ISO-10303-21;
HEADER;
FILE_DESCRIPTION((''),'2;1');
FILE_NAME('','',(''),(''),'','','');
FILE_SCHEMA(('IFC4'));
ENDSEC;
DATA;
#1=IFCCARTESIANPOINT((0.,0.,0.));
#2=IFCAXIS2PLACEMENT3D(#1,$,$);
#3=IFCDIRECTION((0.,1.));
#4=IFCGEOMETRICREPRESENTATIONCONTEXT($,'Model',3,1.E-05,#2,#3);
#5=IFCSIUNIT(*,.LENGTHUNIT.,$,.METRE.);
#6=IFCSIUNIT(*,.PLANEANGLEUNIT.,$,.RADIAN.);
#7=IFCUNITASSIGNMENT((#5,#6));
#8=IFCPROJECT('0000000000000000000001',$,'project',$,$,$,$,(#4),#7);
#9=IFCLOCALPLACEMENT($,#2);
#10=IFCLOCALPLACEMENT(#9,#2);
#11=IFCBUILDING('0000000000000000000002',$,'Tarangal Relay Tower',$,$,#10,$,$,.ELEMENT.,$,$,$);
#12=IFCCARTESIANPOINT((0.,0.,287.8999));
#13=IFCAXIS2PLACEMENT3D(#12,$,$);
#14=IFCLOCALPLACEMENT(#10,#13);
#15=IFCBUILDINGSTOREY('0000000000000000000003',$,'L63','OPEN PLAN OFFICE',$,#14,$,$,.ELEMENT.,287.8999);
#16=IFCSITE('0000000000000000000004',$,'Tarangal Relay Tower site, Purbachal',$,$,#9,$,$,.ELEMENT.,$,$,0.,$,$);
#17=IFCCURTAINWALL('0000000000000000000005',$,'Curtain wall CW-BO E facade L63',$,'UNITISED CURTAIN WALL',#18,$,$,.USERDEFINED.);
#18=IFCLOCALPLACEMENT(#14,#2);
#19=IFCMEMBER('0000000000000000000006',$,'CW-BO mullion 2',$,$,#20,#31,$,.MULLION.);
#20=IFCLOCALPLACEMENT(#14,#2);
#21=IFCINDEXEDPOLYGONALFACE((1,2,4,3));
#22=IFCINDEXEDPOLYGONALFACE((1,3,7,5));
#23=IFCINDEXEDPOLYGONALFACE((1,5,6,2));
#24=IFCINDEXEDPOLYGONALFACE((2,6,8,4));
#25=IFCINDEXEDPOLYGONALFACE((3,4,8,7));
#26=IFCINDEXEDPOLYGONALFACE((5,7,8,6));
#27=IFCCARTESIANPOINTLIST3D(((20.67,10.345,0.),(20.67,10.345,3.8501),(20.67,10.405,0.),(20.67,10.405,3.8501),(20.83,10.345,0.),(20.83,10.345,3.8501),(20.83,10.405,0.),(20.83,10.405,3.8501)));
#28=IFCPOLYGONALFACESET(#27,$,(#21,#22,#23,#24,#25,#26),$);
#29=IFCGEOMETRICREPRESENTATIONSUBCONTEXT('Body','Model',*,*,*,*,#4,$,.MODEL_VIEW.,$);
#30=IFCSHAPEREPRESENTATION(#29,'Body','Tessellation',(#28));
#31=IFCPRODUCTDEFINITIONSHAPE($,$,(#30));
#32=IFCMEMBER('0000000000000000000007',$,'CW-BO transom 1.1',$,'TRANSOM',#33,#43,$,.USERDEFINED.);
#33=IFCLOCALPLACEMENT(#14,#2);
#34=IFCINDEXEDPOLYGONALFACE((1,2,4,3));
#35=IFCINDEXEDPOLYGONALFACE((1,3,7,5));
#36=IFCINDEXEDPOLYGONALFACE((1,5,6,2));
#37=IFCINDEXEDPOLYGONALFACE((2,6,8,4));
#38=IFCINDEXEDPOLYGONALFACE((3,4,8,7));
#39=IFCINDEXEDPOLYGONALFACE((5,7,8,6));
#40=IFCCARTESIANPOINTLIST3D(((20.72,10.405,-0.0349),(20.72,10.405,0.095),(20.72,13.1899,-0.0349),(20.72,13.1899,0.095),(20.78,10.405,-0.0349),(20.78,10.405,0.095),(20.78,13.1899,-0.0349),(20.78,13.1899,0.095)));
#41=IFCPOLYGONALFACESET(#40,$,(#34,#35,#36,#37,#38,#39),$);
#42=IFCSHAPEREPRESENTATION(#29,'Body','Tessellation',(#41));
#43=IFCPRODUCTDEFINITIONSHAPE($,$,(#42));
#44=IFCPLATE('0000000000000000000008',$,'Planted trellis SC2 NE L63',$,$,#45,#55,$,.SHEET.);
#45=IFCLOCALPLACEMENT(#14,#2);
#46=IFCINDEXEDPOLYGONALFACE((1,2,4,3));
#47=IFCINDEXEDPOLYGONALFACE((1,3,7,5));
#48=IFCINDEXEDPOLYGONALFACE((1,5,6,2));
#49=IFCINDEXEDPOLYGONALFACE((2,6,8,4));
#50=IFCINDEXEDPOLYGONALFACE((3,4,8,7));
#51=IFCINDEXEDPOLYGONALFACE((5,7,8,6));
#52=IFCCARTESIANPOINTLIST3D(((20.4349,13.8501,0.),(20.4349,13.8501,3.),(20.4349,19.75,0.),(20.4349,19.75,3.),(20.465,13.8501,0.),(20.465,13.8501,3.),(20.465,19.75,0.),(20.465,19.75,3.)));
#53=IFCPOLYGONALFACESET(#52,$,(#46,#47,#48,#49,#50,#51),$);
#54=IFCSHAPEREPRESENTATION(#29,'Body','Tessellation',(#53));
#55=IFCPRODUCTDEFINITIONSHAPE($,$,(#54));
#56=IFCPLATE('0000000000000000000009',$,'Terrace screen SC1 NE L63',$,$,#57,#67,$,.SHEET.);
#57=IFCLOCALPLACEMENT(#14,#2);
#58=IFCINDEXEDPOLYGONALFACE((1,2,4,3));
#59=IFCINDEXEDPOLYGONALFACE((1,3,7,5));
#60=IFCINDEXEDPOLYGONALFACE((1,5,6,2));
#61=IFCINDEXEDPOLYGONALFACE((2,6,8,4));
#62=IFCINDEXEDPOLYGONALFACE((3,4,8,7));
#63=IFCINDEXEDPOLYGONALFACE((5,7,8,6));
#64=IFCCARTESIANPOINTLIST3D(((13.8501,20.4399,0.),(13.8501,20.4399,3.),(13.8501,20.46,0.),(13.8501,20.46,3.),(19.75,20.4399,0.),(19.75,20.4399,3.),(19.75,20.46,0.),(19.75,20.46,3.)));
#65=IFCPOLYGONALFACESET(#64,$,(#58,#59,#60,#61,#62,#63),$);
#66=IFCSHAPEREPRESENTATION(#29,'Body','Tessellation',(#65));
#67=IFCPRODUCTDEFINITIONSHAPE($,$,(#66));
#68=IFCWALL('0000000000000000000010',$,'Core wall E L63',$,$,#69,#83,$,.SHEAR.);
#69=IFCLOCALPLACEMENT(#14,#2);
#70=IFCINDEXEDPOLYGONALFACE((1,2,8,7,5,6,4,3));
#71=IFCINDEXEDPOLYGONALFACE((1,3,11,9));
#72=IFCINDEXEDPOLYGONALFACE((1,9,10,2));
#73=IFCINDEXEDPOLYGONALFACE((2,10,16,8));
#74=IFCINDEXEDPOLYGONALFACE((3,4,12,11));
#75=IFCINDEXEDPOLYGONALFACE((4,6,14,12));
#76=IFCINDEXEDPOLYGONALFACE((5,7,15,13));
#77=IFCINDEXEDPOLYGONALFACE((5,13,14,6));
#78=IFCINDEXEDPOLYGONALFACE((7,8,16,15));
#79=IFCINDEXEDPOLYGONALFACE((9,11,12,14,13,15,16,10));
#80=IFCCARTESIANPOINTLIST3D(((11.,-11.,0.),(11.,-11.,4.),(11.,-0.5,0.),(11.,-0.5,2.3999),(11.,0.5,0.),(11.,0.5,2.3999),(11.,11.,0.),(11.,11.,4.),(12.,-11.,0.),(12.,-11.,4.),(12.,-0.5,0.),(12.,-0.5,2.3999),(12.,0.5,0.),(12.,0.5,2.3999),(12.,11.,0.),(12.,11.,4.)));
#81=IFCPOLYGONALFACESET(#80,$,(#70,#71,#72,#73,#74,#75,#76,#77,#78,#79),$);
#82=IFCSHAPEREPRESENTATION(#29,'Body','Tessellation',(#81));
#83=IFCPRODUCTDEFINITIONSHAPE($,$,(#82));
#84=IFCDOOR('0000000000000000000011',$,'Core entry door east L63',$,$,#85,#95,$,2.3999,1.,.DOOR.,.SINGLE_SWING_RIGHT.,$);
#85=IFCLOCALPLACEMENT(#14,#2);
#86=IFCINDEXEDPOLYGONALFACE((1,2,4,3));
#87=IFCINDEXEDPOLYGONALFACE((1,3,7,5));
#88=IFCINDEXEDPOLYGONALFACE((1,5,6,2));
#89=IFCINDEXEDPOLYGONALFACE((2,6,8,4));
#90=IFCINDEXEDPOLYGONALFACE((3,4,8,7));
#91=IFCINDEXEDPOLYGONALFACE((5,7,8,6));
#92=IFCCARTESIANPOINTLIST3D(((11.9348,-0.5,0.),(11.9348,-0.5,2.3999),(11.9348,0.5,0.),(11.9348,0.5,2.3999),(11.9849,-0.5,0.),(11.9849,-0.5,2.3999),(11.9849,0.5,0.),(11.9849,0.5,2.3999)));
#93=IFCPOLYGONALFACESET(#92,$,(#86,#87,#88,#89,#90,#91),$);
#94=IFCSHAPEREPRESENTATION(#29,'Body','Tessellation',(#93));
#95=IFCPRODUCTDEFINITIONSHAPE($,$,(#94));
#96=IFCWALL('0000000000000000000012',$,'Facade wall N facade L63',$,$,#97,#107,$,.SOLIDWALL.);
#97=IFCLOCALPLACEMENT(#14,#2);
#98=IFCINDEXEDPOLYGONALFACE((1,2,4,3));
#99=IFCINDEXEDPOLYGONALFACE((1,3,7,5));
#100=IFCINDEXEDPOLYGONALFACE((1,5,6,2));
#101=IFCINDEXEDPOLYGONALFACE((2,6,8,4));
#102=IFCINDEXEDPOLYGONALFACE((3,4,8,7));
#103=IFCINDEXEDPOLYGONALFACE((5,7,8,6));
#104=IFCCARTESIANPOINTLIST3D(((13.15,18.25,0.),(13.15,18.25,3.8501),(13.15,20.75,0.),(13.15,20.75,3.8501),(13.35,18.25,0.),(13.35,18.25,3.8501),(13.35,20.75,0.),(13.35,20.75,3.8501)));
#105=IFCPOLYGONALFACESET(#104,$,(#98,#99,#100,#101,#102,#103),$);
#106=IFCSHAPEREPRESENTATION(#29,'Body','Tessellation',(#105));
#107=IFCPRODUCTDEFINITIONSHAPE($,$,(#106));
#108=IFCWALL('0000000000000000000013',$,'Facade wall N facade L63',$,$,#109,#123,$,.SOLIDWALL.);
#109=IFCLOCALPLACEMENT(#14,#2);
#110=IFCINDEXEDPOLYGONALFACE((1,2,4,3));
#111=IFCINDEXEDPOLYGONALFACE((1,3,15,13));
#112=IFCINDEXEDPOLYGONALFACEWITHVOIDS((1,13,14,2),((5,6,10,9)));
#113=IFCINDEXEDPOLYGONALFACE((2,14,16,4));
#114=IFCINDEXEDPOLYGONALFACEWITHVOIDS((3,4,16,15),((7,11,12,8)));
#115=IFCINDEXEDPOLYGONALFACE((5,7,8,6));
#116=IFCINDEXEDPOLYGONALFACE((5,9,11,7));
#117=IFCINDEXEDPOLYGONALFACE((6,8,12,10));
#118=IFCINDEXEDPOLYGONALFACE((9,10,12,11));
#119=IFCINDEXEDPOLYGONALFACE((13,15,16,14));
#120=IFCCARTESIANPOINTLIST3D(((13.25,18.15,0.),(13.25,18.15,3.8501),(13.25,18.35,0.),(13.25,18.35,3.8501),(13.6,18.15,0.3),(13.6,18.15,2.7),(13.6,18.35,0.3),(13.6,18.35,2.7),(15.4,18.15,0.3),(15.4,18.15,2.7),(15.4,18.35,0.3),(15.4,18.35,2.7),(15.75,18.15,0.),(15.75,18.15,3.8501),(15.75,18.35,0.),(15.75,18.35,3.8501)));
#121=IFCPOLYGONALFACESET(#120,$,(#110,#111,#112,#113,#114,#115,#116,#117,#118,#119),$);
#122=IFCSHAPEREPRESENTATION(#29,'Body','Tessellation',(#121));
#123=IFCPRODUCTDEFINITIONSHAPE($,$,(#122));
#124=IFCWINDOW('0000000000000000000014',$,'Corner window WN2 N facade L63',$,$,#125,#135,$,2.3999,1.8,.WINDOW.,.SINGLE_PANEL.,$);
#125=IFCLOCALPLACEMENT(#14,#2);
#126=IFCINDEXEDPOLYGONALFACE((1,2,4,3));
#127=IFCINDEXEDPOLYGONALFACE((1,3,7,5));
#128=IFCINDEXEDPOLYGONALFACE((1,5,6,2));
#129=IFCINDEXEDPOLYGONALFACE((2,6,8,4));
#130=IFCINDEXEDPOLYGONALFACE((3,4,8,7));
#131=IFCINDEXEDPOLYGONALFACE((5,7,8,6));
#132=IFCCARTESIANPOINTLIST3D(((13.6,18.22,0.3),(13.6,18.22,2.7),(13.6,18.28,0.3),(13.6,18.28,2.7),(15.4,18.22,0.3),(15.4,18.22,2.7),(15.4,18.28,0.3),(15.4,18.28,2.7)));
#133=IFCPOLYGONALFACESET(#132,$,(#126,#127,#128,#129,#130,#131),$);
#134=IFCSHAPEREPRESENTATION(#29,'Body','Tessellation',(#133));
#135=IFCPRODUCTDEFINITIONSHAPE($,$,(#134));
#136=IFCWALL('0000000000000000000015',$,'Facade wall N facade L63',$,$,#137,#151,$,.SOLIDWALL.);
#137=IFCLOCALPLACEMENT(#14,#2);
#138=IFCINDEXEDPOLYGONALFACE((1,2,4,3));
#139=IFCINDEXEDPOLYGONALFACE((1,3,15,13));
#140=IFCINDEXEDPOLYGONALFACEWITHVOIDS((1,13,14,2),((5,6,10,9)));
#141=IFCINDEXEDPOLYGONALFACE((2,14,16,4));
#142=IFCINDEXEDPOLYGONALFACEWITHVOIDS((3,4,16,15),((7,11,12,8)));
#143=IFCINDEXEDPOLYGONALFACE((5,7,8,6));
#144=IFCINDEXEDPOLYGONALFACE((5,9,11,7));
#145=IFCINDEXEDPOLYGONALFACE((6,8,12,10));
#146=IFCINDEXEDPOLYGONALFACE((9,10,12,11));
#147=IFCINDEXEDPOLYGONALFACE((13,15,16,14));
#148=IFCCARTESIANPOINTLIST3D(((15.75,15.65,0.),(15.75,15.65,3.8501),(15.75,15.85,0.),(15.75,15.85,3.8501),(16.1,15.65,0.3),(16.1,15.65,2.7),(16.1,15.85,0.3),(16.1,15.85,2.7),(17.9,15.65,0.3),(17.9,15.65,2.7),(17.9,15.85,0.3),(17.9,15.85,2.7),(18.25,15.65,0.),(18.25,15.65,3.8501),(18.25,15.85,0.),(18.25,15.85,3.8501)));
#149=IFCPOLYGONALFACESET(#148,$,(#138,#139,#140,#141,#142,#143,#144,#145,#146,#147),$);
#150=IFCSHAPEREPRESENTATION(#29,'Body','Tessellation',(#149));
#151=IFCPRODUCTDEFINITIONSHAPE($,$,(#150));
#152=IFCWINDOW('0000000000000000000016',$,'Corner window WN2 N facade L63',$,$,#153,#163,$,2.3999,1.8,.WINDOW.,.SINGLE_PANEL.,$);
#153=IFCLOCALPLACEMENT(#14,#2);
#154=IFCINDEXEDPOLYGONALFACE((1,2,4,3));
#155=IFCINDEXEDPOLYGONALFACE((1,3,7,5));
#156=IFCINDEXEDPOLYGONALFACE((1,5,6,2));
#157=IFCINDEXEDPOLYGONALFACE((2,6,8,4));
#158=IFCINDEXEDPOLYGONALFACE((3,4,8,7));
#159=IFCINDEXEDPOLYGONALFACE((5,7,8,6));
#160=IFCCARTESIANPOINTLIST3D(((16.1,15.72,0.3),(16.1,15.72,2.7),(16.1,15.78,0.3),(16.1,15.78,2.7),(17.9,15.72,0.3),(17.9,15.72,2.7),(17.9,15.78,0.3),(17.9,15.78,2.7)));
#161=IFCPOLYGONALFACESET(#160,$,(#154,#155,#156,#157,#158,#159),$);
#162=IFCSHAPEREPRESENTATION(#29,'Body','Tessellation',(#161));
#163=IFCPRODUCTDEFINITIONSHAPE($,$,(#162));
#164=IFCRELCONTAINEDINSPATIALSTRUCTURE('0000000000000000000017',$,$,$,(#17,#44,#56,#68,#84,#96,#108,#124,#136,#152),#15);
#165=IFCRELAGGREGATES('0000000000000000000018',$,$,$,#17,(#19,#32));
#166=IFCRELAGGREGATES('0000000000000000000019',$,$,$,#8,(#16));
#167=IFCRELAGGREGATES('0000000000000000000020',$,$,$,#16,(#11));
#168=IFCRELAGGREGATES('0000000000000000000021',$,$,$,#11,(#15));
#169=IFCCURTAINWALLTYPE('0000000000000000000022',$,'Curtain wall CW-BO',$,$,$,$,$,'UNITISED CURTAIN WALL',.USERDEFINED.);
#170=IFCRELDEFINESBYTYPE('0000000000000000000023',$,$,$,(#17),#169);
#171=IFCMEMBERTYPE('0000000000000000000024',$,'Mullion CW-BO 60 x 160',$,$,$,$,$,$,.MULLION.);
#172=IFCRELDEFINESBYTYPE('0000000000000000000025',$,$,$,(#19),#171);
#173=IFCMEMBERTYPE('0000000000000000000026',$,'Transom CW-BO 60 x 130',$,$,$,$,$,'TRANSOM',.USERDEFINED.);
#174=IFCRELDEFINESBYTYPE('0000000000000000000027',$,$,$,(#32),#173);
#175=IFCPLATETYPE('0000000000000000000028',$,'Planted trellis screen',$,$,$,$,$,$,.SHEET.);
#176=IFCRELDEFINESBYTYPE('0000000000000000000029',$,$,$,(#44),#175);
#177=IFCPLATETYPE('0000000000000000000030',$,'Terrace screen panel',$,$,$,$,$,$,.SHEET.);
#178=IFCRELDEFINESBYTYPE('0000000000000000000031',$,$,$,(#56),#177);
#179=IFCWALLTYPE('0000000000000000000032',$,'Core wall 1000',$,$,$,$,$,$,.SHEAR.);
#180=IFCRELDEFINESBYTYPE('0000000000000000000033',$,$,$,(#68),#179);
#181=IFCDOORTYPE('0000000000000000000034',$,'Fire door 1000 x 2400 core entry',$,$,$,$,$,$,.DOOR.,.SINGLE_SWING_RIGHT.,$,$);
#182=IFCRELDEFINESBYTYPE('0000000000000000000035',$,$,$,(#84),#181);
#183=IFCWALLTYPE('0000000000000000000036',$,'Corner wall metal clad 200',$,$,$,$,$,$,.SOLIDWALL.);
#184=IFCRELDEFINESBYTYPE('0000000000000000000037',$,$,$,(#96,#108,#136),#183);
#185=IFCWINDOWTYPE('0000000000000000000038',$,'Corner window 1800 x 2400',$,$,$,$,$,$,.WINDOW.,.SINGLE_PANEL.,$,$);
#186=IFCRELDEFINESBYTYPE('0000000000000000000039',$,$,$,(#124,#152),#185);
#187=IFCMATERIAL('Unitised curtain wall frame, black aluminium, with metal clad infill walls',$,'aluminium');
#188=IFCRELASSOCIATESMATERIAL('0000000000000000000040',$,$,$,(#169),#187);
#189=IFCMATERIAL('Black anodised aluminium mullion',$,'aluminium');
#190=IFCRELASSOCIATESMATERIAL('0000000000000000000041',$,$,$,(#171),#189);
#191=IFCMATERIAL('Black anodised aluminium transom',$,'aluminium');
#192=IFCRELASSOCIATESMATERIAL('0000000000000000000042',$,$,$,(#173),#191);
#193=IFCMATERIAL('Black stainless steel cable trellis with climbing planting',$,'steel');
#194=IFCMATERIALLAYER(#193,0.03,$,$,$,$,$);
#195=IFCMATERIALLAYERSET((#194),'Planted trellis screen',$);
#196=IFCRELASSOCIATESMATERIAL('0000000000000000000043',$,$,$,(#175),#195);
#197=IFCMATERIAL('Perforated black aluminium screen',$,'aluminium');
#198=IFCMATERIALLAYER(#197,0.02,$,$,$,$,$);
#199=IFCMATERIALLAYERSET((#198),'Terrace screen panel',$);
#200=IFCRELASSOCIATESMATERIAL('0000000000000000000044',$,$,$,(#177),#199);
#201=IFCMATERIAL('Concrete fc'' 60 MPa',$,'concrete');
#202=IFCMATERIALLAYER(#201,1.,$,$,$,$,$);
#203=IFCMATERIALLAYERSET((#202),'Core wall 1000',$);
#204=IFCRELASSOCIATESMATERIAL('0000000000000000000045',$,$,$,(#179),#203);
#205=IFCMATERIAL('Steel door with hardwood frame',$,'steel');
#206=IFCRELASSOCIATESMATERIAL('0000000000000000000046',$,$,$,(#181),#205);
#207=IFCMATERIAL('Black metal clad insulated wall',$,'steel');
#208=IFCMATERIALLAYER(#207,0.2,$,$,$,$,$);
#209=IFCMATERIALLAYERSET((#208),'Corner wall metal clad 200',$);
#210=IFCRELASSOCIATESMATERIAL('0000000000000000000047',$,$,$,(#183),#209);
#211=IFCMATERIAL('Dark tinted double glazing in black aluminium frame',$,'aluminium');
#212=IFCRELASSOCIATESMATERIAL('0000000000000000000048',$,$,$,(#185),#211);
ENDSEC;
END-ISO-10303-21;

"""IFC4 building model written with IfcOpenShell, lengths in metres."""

from ifc_helpers import new_model, si_unit, direction, frame, frame_2d, origin, origin_2d, place, context, subcontext, project, spatial, rectangle, extrude, material, layer, layer_set, material_profile, profile_set, type_object, element, fill, aggregate, save


model = new_model("IFC4")

# Units and contexts
model_context = context("Model", 3, precision=1e-05, world=origin(), true_north=direction((0.0, 1.0)))
body_context = subcontext(model_context, "Body", "Model", "MODEL_VIEW")
ifc_project = project(units=[si_unit("LENGTHUNIT", "METRE"), si_unit("PLANEANGLEUNIT", "RADIAN")], contexts=[model_context])

# Site, building, storey
site_placement = place(None, origin())
site = spatial("IfcSite", under=ifc_project, at=site_placement, Name="Tarangal Relay Tower site, Purbachal", CompositionType="ELEMENT", RefElevation=0.0)
building_placement = place(site_placement, origin())
building = spatial("IfcBuilding", under=site, at=building_placement, Name="Tarangal Relay Tower", CompositionType="ELEMENT")
storey_placement = place(building_placement, frame((0.0, 0.0, 287.8999)))
storey = spatial("IfcBuildingStorey", under=building, at=storey_placement, Name="L63", Description="OPEN PLAN OFFICE", CompositionType="ELEMENT", Elevation=287.8999)

# Shared definitions
ifc_material_1 = material(Name="Unitised curtain wall frame, black aluminium, with metal clad infill walls", Category="aluminium")
curtain_wall_type = type_object("IfcCurtainWallType", Name="Curtain wall CW-BO", ElementType="UNITISED CURTAIN WALL", PredefinedType="USERDEFINED", material=ifc_material_1)
ifc_material_2 = material(Name="Black anodised aluminium mullion", Category="aluminium")
ifc_material_profile_1 = material_profile(ifc_material_2, rectangle(XDim=0.1599, YDim=0.0601, at=origin_2d()), Name="CW-BOM 60X160")
ifc_profile_set_1 = profile_set([ifc_material_profile_1], Name="Black anodised aluminium mullion")
member_type_1 = type_object("IfcMemberType", Name="Mullion CW-BO 60 x 160", PredefinedType="MULLION", material=ifc_profile_set_1)

# Curtain wall, members
curtain_wall_1_placement = place(storey_placement, origin())
curtain_wall_1 = element("IfcCurtainWall", 1, at=curtain_wall_1_placement, inside=storey, type_object=curtain_wall_type, Name="Curtain wall CW-BO E facade L63", ObjectType="UNITISED CURTAIN WALL", PredefinedType="USERDEFINED")
member_1_placement = place(storey_placement, frame((20.75, 10.375, 0.0), z_axis=(0.0, 0.0, 1.0), x_axis=(1.0, 0.0, 0.0)))
member_1 = element("IfcMember", 2, at=member_1_placement, type_object=member_type_1, Name="CW-BO mullion 2", PredefinedType="MULLION", context=body_context, shape_type="SweptSolid", body=[
    extrude(rectangle(XDim=0.1599, YDim=0.0601, at=origin_2d()), origin(), (0.0, 0.0, 1.0), 3.8501),
])
ifc_material_3 = material(Name="Black anodised aluminium transom", Category="aluminium")
ifc_material_profile_2 = material_profile(ifc_material_3, rectangle(XDim=0.0601, YDim=0.1299, at=origin_2d()), Name="CW-BOT 60X130")
ifc_profile_set_2 = profile_set([ifc_material_profile_2], Name="Black anodised aluminium transom")
member_type_2 = type_object("IfcMemberType", Name="Transom CW-BO 60 x 130", ElementType="TRANSOM", PredefinedType="USERDEFINED", material=ifc_profile_set_2)
member_2_placement = place(storey_placement, frame((20.75, 13.1899, 0.03), z_axis=(0.0, -1.0, 0.0), x_axis=(1.0, 0.0, 0.0)))
member_2 = element("IfcMember", 3, at=member_2_placement, type_object=member_type_2, Name="CW-BO transom 1.1", ObjectType="TRANSOM", PredefinedType="USERDEFINED", context=body_context, shape_type="SweptSolid", body=[
    extrude(rectangle(XDim=0.0601, YDim=0.1299, at=origin_2d()), origin(), (0.0, 0.0, 1.0), 2.7849),
])
aggregate(curtain_wall_1, [member_1, member_2])

# Plates
ifc_material_4 = material(Name="Black stainless steel cable trellis with climbing planting", Category="steel")
ifc_layer_1 = layer(ifc_material_4, 0.03)
ifc_layer_set_1 = layer_set([ifc_layer_1], Name="Planted trellis screen")
plate_type_1 = type_object("IfcPlateType", Name="Planted trellis screen", PredefinedType="SHEET", material=ifc_layer_set_1)
plate_1_placement = place(storey_placement, frame((20.45, 16.8, 0.0), z_axis=(0.0, 0.0, 1.0), x_axis=(0.0, -1.0, 0.0)))
element("IfcPlate", 4, at=plate_1_placement, inside=storey, type_object=plate_type_1, Name="Planted trellis SC2 NE L63", PredefinedType="SHEET", context=body_context, shape_type="SweptSolid", body=[
    extrude(rectangle(XDim=5.8999, YDim=0.03, at=origin_2d()), origin(), (0.0, 0.0, 1.0), 3.0),
])
ifc_material_5 = material(Name="Perforated black aluminium screen", Category="aluminium")
ifc_layer_2 = layer(ifc_material_5, 0.02)
ifc_layer_set_2 = layer_set([ifc_layer_2], Name="Terrace screen panel")
plate_type_2 = type_object("IfcPlateType", Name="Terrace screen panel", PredefinedType="SHEET", material=ifc_layer_set_2)
plate_2_placement = place(storey_placement, frame((16.8, 20.45, 0.0), z_axis=(0.0, 0.0, 1.0), x_axis=(1.0, 0.0, 0.0)))
element("IfcPlate", 5, at=plate_2_placement, inside=storey, type_object=plate_type_2, Name="Terrace screen SC1 NE L63", PredefinedType="SHEET", context=body_context, shape_type="SweptSolid", body=[
    extrude(rectangle(XDim=5.8999, YDim=0.02, at=origin_2d()), origin(), (0.0, 0.0, 1.0), 3.0),
])

# Wall, opening, door
ifc_material_6 = material(Name="Concrete fc' 60 MPa", Category="concrete")
ifc_layer_3 = layer(ifc_material_6, 1.0)
ifc_layer_set_3 = layer_set([ifc_layer_3], Name="Core wall 1000")
wall_type_1 = type_object("IfcWallType", Name="Core wall 1000", PredefinedType="SHEAR", material=ifc_layer_set_3)
wall_1_placement = place(storey_placement, frame((11.5, 11.0, 0.0), z_axis=(0.0, 0.0, 1.0), x_axis=(0.0, -1.0, 0.0)))
wall_1 = element("IfcWall", 6, at=wall_1_placement, inside=storey, type_object=wall_type_1, Name="Core wall E L63", PredefinedType="SHEAR", context=body_context, shape_type="SweptSolid", body=[
    extrude(rectangle(XDim=22.0, YDim=1.0, at=frame_2d((11.0, 0.0))), origin(), (0.0, 0.0, 1.0), 4.0),
])
opening_1_placement = place(wall_1_placement, frame((10.5, 0.0, 0.0)))
opening_1 = element("IfcOpeningElement", 7, at=opening_1_placement, cuts=wall_1, PredefinedType="OPENING", context=body_context, shape_type="SweptSolid", body=[
    extrude(rectangle(XDim=1.0, YDim=2.3999, at=frame_2d((0.5, 1.2))), frame((0.0, 0.51, 0.0), z_axis=(0.0, -1.0, 0.0), x_axis=(1.0, 0.0, 0.0)), (0.0, 0.0, 1.0), 1.02),
])
ifc_material_7 = material(Name="Steel door with hardwood frame", Category="steel")
door_type_1 = type_object("IfcDoorType", Name="Fire door 1000 x 2400 core entry", OperationType="SINGLE_SWING_RIGHT", PredefinedType="DOOR", material=ifc_material_7)
door_1_placement = place(opening_1_placement, origin())
door_1 = element("IfcDoor", 8, at=door_1_placement, inside=storey, type_object=door_type_1, Name="Core entry door east L63", OperationType="SINGLE_SWING_RIGHT", OverallHeight=2.3999, OverallWidth=1.0, PredefinedType="DOOR", context=body_context, shape_type="SweptSolid", body=[
    extrude(rectangle(XDim=1.0, YDim=2.3999, at=frame_2d((0.5, 1.2))), frame((0.0, 0.4849, 0.0), z_axis=(0.0, -1.0, 0.0), x_axis=(1.0, 0.0, 0.0)), (0.0, 0.0, 1.0), 0.05),
])
fill(opening_1, door_1)

# Wall
ifc_material_8 = material(Name="Black metal clad insulated wall", Category="steel")
ifc_layer_4 = layer(ifc_material_8, 0.2)
ifc_layer_set_4 = layer_set([ifc_layer_4], Name="Corner wall metal clad 200")
wall_type_2 = type_object("IfcWallType", Name="Corner wall metal clad 200", PredefinedType="SOLIDWALL", material=ifc_layer_set_4)
wall_2_placement = place(storey_placement, frame((13.25, 20.75, 0.0), z_axis=(0.0, 0.0, 1.0), x_axis=(0.0, -1.0, 0.0)))
element("IfcWall", 9, at=wall_2_placement, inside=storey, type_object=wall_type_2, Name="Facade wall N facade L63", PredefinedType="SOLIDWALL", context=body_context, shape_type="SweptSolid", body=[
    extrude(rectangle(XDim=2.5, YDim=0.2, at=frame_2d((1.25, 0.0))), origin(), (0.0, 0.0, 1.0), 3.8501),
])

# Wall, opening, window
wall_3_placement = place(storey_placement, frame((13.25, 18.25, 0.0), z_axis=(0.0, 0.0, 1.0), x_axis=(1.0, 0.0, 0.0)))
wall_3 = element("IfcWall", 10, at=wall_3_placement, inside=storey, type_object=wall_type_2, Name="Facade wall N facade L63", PredefinedType="SOLIDWALL", context=body_context, shape_type="SweptSolid", body=[
    extrude(rectangle(XDim=2.5, YDim=0.2, at=frame_2d((1.25, 0.0))), origin(), (0.0, 0.0, 1.0), 3.8501),
])
opening_2_placement = place(wall_3_placement, frame((0.3501, 0.0, 0.3)))
opening_2 = element("IfcOpeningElement", 11, at=opening_2_placement, cuts=wall_3, PredefinedType="OPENING", context=body_context, shape_type="SweptSolid", body=[
    extrude(rectangle(XDim=1.8, YDim=2.3999, at=frame_2d((0.8999, 1.2))), frame((0.0, 0.1099, 0.0), z_axis=(0.0, -1.0, 0.0), x_axis=(1.0, 0.0, 0.0)), (0.0, 0.0, 1.0), 0.22),
])
ifc_material_9 = material(Name="Dark tinted double glazing in black aluminium frame", Category="aluminium")
window_type = type_object("IfcWindowType", Name="Corner window 1800 x 2400", PartitioningType="SINGLE_PANEL", PredefinedType="WINDOW", material=ifc_material_9)
window_1_placement = place(opening_2_placement, origin())
window_1 = element("IfcWindow", 12, at=window_1_placement, inside=storey, type_object=window_type, Name="Corner window WN2 N facade L63", OverallHeight=2.3999, OverallWidth=1.8, PartitioningType="SINGLE_PANEL", PredefinedType="WINDOW", context=body_context, shape_type="SweptSolid", body=[
    extrude(rectangle(XDim=1.8, YDim=2.3999, at=frame_2d((0.8999, 1.2))), frame((0.0, 0.03, 0.0), z_axis=(0.0, -1.0, 0.0), x_axis=(1.0, 0.0, 0.0)), (0.0, 0.0, 1.0), 0.0601),
])
fill(opening_2, window_1)

# Wall, opening, window
wall_4_placement = place(storey_placement, frame((15.75, 15.75, 0.0), z_axis=(0.0, 0.0, 1.0), x_axis=(1.0, 0.0, 0.0)))
wall_4 = element("IfcWall", 13, at=wall_4_placement, inside=storey, type_object=wall_type_2, Name="Facade wall N facade L63", PredefinedType="SOLIDWALL", context=body_context, shape_type="SweptSolid", body=[
    extrude(rectangle(XDim=2.5, YDim=0.2, at=frame_2d((1.25, 0.0))), origin(), (0.0, 0.0, 1.0), 3.8501),
])
opening_3_placement = place(wall_4_placement, frame((0.3501, 0.0, 0.3)))
opening_3 = element("IfcOpeningElement", 14, at=opening_3_placement, cuts=wall_4, PredefinedType="OPENING", context=body_context, shape_type="SweptSolid", body=[
    extrude(rectangle(XDim=1.8, YDim=2.3999, at=frame_2d((0.8999, 1.2))), frame((0.0, 0.1099, 0.0), z_axis=(0.0, -1.0, 0.0), x_axis=(1.0, 0.0, 0.0)), (0.0, 0.0, 1.0), 0.22),
])
window_2_placement = place(opening_3_placement, origin())
window_2 = element("IfcWindow", 15, at=window_2_placement, inside=storey, type_object=window_type, Name="Corner window WN2 N facade L63", OverallHeight=2.3999, OverallWidth=1.8, PartitioningType="SINGLE_PANEL", PredefinedType="WINDOW", context=body_context, shape_type="SweptSolid", body=[
    extrude(rectangle(XDim=1.8, YDim=2.3999, at=frame_2d((0.8999, 1.2))), frame((0.0, 0.03, 0.0), z_axis=(0.0, -1.0, 0.0), x_axis=(1.0, 0.0, 0.0)), (0.0, 0.0, 1.0), 0.0601),
])
fill(opening_3, window_2)

save(model, "model.ifc")
